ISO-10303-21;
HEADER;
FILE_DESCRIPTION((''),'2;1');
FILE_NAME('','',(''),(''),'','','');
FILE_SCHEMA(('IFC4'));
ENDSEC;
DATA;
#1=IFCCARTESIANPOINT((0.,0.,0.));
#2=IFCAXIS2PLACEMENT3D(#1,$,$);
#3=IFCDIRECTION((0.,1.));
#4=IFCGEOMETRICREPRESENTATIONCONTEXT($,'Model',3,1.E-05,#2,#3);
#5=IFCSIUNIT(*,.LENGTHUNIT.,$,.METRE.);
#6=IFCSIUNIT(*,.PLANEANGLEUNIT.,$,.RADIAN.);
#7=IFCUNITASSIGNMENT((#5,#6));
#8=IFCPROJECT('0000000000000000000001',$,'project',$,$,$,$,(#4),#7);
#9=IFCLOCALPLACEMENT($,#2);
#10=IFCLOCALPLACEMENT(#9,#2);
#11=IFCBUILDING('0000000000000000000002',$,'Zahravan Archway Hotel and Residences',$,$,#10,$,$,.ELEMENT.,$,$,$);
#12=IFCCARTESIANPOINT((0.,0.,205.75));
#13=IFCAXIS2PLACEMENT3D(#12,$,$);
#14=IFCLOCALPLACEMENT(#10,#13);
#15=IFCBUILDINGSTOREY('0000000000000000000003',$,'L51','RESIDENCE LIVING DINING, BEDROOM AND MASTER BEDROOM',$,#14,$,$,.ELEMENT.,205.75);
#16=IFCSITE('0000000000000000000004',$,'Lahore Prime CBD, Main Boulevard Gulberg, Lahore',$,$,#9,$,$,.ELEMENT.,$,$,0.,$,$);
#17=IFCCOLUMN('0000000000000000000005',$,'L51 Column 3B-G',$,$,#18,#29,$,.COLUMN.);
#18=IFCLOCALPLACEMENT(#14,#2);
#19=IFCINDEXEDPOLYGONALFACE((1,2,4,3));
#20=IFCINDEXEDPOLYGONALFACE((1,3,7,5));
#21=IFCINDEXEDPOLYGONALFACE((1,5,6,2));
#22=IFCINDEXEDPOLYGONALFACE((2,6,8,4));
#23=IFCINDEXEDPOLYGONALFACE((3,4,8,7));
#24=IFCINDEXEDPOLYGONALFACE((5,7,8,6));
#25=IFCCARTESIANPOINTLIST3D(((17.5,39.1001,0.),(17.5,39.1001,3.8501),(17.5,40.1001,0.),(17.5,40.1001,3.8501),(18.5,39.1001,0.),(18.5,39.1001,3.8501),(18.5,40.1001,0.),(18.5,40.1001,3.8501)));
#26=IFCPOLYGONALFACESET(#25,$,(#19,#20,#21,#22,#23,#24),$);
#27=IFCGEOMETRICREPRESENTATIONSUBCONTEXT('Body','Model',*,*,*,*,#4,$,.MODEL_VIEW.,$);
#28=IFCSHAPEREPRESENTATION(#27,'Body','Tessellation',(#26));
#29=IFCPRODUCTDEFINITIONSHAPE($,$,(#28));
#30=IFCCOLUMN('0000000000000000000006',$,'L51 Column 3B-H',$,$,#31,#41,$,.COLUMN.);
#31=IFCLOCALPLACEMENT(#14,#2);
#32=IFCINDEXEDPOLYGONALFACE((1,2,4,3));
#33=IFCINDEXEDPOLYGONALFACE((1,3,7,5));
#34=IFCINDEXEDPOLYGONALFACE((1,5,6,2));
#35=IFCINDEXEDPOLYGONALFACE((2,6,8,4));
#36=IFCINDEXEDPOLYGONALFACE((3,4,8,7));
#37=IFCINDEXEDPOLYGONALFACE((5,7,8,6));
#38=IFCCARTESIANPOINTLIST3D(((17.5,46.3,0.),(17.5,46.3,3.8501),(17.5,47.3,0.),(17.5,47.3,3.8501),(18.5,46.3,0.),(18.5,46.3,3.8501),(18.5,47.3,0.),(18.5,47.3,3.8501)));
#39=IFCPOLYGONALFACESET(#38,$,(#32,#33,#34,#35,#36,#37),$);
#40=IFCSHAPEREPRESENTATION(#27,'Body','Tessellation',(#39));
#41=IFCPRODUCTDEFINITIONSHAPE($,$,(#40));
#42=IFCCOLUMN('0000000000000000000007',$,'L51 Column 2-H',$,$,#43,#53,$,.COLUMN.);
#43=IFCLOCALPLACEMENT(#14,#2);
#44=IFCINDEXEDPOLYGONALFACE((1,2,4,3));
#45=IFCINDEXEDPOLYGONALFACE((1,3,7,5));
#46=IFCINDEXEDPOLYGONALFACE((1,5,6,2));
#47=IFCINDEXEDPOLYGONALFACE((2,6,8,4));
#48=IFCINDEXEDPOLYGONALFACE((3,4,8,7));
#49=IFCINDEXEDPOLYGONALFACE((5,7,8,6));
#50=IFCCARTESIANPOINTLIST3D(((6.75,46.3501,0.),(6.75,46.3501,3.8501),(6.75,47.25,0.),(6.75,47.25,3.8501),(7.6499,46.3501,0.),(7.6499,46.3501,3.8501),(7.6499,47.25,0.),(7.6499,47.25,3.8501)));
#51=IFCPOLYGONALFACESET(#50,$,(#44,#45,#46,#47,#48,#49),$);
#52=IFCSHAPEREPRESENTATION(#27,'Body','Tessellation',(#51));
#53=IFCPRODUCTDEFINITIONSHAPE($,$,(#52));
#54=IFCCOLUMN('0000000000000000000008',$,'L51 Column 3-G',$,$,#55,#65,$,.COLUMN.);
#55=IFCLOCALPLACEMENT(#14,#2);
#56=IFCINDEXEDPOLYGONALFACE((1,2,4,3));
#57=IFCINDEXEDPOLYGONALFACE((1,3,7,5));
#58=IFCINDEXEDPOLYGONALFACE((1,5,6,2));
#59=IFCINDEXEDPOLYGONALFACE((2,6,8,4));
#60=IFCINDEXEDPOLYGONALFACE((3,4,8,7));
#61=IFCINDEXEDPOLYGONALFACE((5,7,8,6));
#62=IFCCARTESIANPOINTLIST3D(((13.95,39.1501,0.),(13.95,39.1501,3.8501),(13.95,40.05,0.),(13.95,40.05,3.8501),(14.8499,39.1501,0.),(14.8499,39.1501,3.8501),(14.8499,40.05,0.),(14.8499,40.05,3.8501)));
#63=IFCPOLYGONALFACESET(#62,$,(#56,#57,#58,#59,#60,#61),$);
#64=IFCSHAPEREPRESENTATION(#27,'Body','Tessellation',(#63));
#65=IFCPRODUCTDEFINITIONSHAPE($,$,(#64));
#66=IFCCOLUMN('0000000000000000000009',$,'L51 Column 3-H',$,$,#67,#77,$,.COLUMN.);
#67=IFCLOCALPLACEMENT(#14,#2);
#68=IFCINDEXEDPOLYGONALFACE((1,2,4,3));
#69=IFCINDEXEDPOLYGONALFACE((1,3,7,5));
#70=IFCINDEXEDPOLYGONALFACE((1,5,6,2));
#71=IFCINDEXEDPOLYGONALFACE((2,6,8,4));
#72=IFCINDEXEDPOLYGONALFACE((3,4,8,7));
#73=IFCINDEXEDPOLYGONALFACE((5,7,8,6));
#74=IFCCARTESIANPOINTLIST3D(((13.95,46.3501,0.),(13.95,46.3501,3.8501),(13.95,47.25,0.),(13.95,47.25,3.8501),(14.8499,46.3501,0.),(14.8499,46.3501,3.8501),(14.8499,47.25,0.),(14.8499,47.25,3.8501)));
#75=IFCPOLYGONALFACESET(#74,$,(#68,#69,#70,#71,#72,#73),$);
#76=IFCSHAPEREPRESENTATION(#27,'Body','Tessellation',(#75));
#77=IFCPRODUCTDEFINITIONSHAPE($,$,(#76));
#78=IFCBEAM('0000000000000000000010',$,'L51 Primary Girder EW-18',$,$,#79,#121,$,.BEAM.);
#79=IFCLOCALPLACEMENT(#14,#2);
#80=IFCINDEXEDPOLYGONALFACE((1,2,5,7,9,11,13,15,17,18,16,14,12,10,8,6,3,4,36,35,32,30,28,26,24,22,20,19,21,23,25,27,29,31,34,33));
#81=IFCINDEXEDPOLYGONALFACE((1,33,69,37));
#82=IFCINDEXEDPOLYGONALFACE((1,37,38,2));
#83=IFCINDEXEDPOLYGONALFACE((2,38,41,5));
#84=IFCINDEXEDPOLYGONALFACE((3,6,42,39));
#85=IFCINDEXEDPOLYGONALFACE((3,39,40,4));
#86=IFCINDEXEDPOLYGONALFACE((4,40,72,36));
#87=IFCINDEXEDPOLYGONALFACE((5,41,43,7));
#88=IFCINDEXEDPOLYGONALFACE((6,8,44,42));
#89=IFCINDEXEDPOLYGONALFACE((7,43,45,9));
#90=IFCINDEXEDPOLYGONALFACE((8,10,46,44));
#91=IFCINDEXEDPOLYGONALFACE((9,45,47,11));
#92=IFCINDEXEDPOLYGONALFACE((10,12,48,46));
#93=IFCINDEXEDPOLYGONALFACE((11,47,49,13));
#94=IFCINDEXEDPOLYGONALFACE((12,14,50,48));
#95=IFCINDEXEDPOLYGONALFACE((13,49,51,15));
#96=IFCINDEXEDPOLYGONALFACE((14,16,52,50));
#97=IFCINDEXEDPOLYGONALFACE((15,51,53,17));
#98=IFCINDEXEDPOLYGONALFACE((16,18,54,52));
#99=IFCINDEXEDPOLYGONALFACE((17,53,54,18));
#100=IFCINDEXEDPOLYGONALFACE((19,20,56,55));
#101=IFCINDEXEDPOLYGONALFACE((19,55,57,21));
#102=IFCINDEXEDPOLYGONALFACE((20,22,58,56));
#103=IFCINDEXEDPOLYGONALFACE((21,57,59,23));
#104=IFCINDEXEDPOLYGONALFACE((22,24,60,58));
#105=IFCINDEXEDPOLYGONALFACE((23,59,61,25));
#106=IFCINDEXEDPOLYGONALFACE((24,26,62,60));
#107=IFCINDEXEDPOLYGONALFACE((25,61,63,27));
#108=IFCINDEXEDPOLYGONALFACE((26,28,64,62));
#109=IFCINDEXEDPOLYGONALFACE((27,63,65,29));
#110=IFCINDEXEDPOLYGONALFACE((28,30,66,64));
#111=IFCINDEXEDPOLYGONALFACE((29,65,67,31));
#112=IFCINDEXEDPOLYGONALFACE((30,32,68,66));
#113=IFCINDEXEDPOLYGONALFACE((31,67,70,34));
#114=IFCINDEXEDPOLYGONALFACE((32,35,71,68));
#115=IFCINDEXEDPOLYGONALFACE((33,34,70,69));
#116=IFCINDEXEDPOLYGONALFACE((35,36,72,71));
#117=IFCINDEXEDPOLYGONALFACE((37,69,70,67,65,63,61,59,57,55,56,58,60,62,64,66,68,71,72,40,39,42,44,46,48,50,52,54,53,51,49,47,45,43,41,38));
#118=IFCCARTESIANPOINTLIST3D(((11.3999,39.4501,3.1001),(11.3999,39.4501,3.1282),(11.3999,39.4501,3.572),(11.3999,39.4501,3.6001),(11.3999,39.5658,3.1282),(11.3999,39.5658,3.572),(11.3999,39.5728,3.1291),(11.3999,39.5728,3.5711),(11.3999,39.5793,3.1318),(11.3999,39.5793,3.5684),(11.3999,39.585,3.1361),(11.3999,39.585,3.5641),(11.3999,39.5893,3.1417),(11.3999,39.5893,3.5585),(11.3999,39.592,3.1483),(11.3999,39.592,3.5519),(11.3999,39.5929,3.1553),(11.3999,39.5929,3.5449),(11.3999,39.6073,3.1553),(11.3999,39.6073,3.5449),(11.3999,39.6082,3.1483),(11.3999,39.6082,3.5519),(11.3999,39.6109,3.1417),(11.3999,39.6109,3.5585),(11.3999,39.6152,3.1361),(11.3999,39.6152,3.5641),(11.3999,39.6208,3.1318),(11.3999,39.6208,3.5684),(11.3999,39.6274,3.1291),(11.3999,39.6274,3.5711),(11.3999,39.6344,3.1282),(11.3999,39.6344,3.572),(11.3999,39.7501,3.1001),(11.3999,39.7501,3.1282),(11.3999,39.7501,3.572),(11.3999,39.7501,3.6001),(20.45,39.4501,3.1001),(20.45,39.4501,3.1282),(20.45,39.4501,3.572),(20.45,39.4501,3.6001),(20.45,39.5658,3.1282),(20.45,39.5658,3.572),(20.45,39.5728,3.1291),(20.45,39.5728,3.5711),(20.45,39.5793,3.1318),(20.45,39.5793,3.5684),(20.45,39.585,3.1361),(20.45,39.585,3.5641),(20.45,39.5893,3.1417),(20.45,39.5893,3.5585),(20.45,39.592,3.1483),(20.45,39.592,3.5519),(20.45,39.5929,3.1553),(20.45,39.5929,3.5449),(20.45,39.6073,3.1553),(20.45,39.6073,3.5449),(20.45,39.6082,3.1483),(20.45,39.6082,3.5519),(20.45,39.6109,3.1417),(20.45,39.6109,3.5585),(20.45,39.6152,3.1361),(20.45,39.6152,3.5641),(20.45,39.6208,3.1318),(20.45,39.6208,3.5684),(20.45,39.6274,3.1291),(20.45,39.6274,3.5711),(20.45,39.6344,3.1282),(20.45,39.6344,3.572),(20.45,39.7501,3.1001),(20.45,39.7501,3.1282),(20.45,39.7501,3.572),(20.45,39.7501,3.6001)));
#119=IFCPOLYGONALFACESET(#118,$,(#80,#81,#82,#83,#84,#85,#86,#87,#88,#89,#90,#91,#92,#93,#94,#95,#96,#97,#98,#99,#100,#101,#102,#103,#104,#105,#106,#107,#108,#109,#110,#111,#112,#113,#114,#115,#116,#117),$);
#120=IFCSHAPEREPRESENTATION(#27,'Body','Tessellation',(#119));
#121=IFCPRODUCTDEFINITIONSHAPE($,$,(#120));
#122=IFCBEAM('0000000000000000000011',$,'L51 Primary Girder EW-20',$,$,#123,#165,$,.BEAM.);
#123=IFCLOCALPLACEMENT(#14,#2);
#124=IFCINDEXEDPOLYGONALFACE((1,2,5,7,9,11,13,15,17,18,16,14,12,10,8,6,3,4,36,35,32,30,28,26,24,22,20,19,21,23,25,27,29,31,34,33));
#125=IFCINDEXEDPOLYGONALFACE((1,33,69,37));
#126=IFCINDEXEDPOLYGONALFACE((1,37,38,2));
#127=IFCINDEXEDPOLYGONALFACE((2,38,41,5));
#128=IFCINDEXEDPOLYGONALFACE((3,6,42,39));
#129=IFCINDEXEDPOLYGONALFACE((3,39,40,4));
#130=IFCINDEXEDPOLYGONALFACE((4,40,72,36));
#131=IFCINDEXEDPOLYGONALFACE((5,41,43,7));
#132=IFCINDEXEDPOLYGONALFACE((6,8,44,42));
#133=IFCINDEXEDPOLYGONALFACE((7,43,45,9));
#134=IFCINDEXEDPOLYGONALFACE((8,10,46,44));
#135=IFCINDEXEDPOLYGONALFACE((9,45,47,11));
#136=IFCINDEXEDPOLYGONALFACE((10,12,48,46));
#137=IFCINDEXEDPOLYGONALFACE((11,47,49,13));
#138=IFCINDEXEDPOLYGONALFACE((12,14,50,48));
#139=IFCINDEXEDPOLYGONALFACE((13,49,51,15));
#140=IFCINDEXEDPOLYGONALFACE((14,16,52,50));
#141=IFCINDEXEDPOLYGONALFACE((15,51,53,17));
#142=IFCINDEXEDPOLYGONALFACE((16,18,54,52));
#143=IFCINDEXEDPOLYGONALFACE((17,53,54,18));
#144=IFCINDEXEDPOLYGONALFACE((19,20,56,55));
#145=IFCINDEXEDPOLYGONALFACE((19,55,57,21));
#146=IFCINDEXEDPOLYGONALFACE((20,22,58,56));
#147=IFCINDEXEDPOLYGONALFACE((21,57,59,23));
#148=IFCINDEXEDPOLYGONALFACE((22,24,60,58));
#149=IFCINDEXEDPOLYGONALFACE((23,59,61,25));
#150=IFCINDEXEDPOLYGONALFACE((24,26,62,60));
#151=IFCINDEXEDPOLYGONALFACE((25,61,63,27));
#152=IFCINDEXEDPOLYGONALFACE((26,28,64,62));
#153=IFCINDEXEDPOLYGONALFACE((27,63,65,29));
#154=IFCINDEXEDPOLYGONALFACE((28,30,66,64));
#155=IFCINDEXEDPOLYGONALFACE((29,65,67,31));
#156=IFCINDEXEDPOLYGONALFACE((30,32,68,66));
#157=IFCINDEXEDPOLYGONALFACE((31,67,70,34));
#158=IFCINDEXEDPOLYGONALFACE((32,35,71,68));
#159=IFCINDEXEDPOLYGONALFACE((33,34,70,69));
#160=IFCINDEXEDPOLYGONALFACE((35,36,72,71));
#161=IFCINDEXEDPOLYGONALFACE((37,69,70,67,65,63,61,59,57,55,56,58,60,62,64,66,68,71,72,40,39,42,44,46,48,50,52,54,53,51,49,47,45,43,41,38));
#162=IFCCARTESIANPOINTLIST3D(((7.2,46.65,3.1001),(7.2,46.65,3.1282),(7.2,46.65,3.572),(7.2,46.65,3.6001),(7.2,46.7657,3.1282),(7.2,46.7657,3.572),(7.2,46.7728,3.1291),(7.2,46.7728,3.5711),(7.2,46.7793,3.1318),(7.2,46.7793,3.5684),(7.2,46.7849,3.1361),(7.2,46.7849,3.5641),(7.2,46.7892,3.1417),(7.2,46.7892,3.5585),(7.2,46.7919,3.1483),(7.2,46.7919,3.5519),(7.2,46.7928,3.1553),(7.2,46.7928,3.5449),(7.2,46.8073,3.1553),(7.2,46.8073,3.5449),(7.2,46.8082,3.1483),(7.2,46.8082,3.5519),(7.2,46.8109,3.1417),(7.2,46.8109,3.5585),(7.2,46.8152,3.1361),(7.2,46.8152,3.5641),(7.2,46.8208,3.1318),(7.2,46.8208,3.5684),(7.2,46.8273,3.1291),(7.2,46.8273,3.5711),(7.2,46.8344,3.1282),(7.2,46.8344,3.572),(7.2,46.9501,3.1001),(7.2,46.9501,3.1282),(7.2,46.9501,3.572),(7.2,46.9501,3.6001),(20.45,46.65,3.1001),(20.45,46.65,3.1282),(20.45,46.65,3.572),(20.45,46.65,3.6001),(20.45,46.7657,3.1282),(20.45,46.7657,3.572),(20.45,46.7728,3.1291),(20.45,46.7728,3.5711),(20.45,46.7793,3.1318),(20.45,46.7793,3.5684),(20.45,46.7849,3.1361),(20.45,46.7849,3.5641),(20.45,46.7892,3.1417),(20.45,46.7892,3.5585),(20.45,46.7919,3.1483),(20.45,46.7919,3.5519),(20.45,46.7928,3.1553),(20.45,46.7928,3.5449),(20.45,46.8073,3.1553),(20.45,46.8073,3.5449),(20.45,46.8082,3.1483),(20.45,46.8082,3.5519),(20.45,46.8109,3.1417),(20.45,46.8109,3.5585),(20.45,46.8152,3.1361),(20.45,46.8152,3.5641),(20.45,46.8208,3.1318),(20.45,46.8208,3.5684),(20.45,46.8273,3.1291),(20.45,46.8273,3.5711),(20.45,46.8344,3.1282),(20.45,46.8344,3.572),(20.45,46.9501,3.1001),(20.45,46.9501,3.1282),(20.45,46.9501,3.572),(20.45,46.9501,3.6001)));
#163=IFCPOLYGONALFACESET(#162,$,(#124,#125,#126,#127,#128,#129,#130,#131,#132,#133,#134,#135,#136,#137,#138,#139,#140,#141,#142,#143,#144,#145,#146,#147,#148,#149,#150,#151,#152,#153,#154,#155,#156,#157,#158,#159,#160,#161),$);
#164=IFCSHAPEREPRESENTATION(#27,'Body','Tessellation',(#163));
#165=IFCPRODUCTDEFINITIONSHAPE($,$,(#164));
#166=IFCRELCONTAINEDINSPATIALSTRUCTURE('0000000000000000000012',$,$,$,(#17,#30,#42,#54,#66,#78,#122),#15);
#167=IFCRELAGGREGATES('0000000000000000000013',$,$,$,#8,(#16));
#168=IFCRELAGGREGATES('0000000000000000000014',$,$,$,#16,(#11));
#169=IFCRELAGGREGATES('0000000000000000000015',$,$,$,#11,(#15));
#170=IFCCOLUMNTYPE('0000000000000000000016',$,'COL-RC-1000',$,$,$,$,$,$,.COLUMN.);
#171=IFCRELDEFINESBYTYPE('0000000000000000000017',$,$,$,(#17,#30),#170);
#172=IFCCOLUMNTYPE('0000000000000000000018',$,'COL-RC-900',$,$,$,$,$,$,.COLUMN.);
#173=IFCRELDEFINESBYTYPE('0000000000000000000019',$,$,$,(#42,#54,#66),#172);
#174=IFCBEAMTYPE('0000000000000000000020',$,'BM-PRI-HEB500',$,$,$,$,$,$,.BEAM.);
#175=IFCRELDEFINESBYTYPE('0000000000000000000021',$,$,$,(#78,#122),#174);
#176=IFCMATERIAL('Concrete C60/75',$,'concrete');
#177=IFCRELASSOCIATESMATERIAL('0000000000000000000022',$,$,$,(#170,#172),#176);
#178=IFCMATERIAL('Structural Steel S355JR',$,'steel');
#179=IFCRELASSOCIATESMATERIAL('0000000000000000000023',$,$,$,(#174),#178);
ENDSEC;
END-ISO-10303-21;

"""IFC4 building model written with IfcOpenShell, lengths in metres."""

from ifc_helpers import new_model, si_unit, direction, frame, origin, origin_2d, place, context, subcontext, project, spatial, rectangle, i_section, extrude, source, transform, mapped, material, material_profile, profile_set, type_object, type_shapes, element, save


model = new_model("IFC4")

# Units and contexts
model_context = context("Model", 3, precision=1e-05, world=origin(), true_north=direction((0.0, 1.0)))
body_context = subcontext(model_context, "Body", "Model", "MODEL_VIEW")
ifc_project = project(units=[si_unit("LENGTHUNIT", "METRE"), si_unit("PLANEANGLEUNIT", "RADIAN")], contexts=[model_context])

# Site, building, storey
site_placement = place(None, origin())
site = spatial("IfcSite", under=ifc_project, at=site_placement, Name="Lahore Prime CBD, Main Boulevard Gulberg, Lahore", CompositionType="ELEMENT", RefElevation=0.0)
building_placement = place(site_placement, origin())
building = spatial("IfcBuilding", under=site, at=building_placement, Name="Zahravan Archway Hotel and Residences", CompositionType="ELEMENT")
storey_placement = place(building_placement, frame((0.0, 0.0, 205.75)))
storey = spatial("IfcBuildingStorey", under=building, at=storey_placement, Name="L51", Description="RESIDENCE LIVING DINING, BEDROOM AND MASTER BEDROOM", CompositionType="ELEMENT", Elevation=205.75)

# Columns
ifc_material_1 = material(Name="Concrete C60/75", Category="concrete")
ifc_material_profile_1 = material_profile(ifc_material_1, rectangle(XDim=1.0, YDim=1.0, at=origin_2d()), Name="RC-COL-1000x1000", Category="concrete")
ifc_profile_set_1 = profile_set([ifc_material_profile_1], Name="Concrete C60/75")
column_type_1 = type_object("IfcColumnType", Name="COL-RC-1000", PredefinedType="COLUMN", material=ifc_profile_set_1)
shared_shape_1 = source(origin(), body_context, "Body", "SweptSolid", [
    extrude(rectangle(XDim=1.0, YDim=1.0, at=origin_2d()), origin(), (0.0, 0.0, 1.0), 3.8501),
])
for number, where, z_axis, x_axis, name in (
    (1, (18.0, 39.6001, 0.0), (0.0, 0.0, 1.0), (1.0, 0.0, 0.0), "L51 Column 3B-G"),
    (2, (18.0, 46.8, 0.0), (0.0, 0.0, 1.0), (1.0, 0.0, 0.0), "L51 Column 3B-H"),
):
    element("IfcColumn", number, at=place(storey_placement, frame(where, z_axis=z_axis, x_axis=x_axis)), inside=storey, type_object=column_type_1, Name=name, PredefinedType="COLUMN", context=body_context, shape_type="MappedRepresentation", body=[
        mapped(shared_shape_1, transform((0.0, 0.0, 0.0), scale=1.0)),
    ])
ifc_material_profile_2 = material_profile(ifc_material_1, rectangle(XDim=0.8999, YDim=0.8999, at=origin_2d()), Name="RC-COL-900x900", Category="concrete")
ifc_profile_set_2 = profile_set([ifc_material_profile_2], Name="Concrete C60/75")
column_type_2 = type_object("IfcColumnType", Name="COL-RC-900", PredefinedType="COLUMN", material=ifc_profile_set_2)
shared_shape_2 = source(origin(), body_context, "Body", "SweptSolid", [
    extrude(rectangle(XDim=0.8999, YDim=0.8999, at=origin_2d()), origin(), (0.0, 0.0, 1.0), 3.8501),
])
type_shapes(column_type_2, [shared_shape_2])
for number, where, z_axis, x_axis, name in (
    (3, (7.2, 46.8, 0.0), (0.0, 0.0, 1.0), (1.0, 0.0, 0.0), "L51 Column 2-H"),
    (4, (14.3999, 39.6001, 0.0), (0.0, 0.0, 1.0), (1.0, 0.0, 0.0), "L51 Column 3-G"),
    (5, (14.3999, 46.8, 0.0), (0.0, 0.0, 1.0), (1.0, 0.0, 0.0), "L51 Column 3-H"),
):
    element("IfcColumn", number, at=place(storey_placement, frame(where, z_axis=z_axis, x_axis=x_axis)), inside=storey, type_object=column_type_2, Name=name, PredefinedType="COLUMN", context=body_context, shape_type="MappedRepresentation", body=[
        mapped(shared_shape_2, transform((0.0, 0.0, 0.0), scale=1.0)),
    ])

# Beams
ifc_material_2 = material(Name="Structural Steel S355JR", Category="steel")
ifc_material_profile_3 = material_profile(ifc_material_2, i_section(OverallWidth=0.3, OverallDepth=0.5, WebThickness=0.0144, FlangeThickness=0.0281, FilletRadius=0.0271, at=origin_2d()), Name="HEB 500", Category="steel")
ifc_profile_set_3 = profile_set([ifc_material_profile_3], Name="Structural Steel S355JR")
beam_type_1 = type_object("IfcBeamType", Name="BM-PRI-HEB500", PredefinedType="BEAM", material=ifc_profile_set_3)
shared_shape_3 = source(origin(), body_context, "Body", "SweptSolid", [
    extrude(i_section(OverallWidth=0.3, OverallDepth=0.5, WebThickness=0.0144, FlangeThickness=0.0281, FilletRadius=0.0271, at=origin_2d()), origin(), (0.0, 0.0, 1.0), 9.05),
])
beam_1_placement = place(storey_placement, frame((11.3999, 39.6001, 3.3501), z_axis=(1.0, 0.0, 0.0), x_axis=(0.0, 1.0, 0.0)))
element("IfcBeam", 6, at=beam_1_placement, inside=storey, type_object=beam_type_1, Name="L51 Primary Girder EW-18", PredefinedType="BEAM", context=body_context, shape_type="MappedRepresentation", body=[
    mapped(shared_shape_3, transform((0.0, 0.0, 0.0), scale=1.0)),
])
shared_shape_4 = source(origin(), body_context, "Body", "SweptSolid", [
    extrude(i_section(OverallWidth=0.3, OverallDepth=0.5, WebThickness=0.0144, FlangeThickness=0.0281, FilletRadius=0.0271, at=origin_2d()), origin(), (0.0, 0.0, 1.0), 13.25),
])
beam_2_placement = place(storey_placement, frame((7.2, 46.8, 3.3501), z_axis=(1.0, 0.0, 0.0), x_axis=(0.0, 1.0, 0.0)))
element("IfcBeam", 7, at=beam_2_placement, inside=storey, type_object=beam_type_1, Name="L51 Primary Girder EW-20", PredefinedType="BEAM", context=body_context, shape_type="MappedRepresentation", body=[
    mapped(shared_shape_4, transform((0.0, 0.0, 0.0), scale=1.0)),
])

save(model, "model.ifc")
